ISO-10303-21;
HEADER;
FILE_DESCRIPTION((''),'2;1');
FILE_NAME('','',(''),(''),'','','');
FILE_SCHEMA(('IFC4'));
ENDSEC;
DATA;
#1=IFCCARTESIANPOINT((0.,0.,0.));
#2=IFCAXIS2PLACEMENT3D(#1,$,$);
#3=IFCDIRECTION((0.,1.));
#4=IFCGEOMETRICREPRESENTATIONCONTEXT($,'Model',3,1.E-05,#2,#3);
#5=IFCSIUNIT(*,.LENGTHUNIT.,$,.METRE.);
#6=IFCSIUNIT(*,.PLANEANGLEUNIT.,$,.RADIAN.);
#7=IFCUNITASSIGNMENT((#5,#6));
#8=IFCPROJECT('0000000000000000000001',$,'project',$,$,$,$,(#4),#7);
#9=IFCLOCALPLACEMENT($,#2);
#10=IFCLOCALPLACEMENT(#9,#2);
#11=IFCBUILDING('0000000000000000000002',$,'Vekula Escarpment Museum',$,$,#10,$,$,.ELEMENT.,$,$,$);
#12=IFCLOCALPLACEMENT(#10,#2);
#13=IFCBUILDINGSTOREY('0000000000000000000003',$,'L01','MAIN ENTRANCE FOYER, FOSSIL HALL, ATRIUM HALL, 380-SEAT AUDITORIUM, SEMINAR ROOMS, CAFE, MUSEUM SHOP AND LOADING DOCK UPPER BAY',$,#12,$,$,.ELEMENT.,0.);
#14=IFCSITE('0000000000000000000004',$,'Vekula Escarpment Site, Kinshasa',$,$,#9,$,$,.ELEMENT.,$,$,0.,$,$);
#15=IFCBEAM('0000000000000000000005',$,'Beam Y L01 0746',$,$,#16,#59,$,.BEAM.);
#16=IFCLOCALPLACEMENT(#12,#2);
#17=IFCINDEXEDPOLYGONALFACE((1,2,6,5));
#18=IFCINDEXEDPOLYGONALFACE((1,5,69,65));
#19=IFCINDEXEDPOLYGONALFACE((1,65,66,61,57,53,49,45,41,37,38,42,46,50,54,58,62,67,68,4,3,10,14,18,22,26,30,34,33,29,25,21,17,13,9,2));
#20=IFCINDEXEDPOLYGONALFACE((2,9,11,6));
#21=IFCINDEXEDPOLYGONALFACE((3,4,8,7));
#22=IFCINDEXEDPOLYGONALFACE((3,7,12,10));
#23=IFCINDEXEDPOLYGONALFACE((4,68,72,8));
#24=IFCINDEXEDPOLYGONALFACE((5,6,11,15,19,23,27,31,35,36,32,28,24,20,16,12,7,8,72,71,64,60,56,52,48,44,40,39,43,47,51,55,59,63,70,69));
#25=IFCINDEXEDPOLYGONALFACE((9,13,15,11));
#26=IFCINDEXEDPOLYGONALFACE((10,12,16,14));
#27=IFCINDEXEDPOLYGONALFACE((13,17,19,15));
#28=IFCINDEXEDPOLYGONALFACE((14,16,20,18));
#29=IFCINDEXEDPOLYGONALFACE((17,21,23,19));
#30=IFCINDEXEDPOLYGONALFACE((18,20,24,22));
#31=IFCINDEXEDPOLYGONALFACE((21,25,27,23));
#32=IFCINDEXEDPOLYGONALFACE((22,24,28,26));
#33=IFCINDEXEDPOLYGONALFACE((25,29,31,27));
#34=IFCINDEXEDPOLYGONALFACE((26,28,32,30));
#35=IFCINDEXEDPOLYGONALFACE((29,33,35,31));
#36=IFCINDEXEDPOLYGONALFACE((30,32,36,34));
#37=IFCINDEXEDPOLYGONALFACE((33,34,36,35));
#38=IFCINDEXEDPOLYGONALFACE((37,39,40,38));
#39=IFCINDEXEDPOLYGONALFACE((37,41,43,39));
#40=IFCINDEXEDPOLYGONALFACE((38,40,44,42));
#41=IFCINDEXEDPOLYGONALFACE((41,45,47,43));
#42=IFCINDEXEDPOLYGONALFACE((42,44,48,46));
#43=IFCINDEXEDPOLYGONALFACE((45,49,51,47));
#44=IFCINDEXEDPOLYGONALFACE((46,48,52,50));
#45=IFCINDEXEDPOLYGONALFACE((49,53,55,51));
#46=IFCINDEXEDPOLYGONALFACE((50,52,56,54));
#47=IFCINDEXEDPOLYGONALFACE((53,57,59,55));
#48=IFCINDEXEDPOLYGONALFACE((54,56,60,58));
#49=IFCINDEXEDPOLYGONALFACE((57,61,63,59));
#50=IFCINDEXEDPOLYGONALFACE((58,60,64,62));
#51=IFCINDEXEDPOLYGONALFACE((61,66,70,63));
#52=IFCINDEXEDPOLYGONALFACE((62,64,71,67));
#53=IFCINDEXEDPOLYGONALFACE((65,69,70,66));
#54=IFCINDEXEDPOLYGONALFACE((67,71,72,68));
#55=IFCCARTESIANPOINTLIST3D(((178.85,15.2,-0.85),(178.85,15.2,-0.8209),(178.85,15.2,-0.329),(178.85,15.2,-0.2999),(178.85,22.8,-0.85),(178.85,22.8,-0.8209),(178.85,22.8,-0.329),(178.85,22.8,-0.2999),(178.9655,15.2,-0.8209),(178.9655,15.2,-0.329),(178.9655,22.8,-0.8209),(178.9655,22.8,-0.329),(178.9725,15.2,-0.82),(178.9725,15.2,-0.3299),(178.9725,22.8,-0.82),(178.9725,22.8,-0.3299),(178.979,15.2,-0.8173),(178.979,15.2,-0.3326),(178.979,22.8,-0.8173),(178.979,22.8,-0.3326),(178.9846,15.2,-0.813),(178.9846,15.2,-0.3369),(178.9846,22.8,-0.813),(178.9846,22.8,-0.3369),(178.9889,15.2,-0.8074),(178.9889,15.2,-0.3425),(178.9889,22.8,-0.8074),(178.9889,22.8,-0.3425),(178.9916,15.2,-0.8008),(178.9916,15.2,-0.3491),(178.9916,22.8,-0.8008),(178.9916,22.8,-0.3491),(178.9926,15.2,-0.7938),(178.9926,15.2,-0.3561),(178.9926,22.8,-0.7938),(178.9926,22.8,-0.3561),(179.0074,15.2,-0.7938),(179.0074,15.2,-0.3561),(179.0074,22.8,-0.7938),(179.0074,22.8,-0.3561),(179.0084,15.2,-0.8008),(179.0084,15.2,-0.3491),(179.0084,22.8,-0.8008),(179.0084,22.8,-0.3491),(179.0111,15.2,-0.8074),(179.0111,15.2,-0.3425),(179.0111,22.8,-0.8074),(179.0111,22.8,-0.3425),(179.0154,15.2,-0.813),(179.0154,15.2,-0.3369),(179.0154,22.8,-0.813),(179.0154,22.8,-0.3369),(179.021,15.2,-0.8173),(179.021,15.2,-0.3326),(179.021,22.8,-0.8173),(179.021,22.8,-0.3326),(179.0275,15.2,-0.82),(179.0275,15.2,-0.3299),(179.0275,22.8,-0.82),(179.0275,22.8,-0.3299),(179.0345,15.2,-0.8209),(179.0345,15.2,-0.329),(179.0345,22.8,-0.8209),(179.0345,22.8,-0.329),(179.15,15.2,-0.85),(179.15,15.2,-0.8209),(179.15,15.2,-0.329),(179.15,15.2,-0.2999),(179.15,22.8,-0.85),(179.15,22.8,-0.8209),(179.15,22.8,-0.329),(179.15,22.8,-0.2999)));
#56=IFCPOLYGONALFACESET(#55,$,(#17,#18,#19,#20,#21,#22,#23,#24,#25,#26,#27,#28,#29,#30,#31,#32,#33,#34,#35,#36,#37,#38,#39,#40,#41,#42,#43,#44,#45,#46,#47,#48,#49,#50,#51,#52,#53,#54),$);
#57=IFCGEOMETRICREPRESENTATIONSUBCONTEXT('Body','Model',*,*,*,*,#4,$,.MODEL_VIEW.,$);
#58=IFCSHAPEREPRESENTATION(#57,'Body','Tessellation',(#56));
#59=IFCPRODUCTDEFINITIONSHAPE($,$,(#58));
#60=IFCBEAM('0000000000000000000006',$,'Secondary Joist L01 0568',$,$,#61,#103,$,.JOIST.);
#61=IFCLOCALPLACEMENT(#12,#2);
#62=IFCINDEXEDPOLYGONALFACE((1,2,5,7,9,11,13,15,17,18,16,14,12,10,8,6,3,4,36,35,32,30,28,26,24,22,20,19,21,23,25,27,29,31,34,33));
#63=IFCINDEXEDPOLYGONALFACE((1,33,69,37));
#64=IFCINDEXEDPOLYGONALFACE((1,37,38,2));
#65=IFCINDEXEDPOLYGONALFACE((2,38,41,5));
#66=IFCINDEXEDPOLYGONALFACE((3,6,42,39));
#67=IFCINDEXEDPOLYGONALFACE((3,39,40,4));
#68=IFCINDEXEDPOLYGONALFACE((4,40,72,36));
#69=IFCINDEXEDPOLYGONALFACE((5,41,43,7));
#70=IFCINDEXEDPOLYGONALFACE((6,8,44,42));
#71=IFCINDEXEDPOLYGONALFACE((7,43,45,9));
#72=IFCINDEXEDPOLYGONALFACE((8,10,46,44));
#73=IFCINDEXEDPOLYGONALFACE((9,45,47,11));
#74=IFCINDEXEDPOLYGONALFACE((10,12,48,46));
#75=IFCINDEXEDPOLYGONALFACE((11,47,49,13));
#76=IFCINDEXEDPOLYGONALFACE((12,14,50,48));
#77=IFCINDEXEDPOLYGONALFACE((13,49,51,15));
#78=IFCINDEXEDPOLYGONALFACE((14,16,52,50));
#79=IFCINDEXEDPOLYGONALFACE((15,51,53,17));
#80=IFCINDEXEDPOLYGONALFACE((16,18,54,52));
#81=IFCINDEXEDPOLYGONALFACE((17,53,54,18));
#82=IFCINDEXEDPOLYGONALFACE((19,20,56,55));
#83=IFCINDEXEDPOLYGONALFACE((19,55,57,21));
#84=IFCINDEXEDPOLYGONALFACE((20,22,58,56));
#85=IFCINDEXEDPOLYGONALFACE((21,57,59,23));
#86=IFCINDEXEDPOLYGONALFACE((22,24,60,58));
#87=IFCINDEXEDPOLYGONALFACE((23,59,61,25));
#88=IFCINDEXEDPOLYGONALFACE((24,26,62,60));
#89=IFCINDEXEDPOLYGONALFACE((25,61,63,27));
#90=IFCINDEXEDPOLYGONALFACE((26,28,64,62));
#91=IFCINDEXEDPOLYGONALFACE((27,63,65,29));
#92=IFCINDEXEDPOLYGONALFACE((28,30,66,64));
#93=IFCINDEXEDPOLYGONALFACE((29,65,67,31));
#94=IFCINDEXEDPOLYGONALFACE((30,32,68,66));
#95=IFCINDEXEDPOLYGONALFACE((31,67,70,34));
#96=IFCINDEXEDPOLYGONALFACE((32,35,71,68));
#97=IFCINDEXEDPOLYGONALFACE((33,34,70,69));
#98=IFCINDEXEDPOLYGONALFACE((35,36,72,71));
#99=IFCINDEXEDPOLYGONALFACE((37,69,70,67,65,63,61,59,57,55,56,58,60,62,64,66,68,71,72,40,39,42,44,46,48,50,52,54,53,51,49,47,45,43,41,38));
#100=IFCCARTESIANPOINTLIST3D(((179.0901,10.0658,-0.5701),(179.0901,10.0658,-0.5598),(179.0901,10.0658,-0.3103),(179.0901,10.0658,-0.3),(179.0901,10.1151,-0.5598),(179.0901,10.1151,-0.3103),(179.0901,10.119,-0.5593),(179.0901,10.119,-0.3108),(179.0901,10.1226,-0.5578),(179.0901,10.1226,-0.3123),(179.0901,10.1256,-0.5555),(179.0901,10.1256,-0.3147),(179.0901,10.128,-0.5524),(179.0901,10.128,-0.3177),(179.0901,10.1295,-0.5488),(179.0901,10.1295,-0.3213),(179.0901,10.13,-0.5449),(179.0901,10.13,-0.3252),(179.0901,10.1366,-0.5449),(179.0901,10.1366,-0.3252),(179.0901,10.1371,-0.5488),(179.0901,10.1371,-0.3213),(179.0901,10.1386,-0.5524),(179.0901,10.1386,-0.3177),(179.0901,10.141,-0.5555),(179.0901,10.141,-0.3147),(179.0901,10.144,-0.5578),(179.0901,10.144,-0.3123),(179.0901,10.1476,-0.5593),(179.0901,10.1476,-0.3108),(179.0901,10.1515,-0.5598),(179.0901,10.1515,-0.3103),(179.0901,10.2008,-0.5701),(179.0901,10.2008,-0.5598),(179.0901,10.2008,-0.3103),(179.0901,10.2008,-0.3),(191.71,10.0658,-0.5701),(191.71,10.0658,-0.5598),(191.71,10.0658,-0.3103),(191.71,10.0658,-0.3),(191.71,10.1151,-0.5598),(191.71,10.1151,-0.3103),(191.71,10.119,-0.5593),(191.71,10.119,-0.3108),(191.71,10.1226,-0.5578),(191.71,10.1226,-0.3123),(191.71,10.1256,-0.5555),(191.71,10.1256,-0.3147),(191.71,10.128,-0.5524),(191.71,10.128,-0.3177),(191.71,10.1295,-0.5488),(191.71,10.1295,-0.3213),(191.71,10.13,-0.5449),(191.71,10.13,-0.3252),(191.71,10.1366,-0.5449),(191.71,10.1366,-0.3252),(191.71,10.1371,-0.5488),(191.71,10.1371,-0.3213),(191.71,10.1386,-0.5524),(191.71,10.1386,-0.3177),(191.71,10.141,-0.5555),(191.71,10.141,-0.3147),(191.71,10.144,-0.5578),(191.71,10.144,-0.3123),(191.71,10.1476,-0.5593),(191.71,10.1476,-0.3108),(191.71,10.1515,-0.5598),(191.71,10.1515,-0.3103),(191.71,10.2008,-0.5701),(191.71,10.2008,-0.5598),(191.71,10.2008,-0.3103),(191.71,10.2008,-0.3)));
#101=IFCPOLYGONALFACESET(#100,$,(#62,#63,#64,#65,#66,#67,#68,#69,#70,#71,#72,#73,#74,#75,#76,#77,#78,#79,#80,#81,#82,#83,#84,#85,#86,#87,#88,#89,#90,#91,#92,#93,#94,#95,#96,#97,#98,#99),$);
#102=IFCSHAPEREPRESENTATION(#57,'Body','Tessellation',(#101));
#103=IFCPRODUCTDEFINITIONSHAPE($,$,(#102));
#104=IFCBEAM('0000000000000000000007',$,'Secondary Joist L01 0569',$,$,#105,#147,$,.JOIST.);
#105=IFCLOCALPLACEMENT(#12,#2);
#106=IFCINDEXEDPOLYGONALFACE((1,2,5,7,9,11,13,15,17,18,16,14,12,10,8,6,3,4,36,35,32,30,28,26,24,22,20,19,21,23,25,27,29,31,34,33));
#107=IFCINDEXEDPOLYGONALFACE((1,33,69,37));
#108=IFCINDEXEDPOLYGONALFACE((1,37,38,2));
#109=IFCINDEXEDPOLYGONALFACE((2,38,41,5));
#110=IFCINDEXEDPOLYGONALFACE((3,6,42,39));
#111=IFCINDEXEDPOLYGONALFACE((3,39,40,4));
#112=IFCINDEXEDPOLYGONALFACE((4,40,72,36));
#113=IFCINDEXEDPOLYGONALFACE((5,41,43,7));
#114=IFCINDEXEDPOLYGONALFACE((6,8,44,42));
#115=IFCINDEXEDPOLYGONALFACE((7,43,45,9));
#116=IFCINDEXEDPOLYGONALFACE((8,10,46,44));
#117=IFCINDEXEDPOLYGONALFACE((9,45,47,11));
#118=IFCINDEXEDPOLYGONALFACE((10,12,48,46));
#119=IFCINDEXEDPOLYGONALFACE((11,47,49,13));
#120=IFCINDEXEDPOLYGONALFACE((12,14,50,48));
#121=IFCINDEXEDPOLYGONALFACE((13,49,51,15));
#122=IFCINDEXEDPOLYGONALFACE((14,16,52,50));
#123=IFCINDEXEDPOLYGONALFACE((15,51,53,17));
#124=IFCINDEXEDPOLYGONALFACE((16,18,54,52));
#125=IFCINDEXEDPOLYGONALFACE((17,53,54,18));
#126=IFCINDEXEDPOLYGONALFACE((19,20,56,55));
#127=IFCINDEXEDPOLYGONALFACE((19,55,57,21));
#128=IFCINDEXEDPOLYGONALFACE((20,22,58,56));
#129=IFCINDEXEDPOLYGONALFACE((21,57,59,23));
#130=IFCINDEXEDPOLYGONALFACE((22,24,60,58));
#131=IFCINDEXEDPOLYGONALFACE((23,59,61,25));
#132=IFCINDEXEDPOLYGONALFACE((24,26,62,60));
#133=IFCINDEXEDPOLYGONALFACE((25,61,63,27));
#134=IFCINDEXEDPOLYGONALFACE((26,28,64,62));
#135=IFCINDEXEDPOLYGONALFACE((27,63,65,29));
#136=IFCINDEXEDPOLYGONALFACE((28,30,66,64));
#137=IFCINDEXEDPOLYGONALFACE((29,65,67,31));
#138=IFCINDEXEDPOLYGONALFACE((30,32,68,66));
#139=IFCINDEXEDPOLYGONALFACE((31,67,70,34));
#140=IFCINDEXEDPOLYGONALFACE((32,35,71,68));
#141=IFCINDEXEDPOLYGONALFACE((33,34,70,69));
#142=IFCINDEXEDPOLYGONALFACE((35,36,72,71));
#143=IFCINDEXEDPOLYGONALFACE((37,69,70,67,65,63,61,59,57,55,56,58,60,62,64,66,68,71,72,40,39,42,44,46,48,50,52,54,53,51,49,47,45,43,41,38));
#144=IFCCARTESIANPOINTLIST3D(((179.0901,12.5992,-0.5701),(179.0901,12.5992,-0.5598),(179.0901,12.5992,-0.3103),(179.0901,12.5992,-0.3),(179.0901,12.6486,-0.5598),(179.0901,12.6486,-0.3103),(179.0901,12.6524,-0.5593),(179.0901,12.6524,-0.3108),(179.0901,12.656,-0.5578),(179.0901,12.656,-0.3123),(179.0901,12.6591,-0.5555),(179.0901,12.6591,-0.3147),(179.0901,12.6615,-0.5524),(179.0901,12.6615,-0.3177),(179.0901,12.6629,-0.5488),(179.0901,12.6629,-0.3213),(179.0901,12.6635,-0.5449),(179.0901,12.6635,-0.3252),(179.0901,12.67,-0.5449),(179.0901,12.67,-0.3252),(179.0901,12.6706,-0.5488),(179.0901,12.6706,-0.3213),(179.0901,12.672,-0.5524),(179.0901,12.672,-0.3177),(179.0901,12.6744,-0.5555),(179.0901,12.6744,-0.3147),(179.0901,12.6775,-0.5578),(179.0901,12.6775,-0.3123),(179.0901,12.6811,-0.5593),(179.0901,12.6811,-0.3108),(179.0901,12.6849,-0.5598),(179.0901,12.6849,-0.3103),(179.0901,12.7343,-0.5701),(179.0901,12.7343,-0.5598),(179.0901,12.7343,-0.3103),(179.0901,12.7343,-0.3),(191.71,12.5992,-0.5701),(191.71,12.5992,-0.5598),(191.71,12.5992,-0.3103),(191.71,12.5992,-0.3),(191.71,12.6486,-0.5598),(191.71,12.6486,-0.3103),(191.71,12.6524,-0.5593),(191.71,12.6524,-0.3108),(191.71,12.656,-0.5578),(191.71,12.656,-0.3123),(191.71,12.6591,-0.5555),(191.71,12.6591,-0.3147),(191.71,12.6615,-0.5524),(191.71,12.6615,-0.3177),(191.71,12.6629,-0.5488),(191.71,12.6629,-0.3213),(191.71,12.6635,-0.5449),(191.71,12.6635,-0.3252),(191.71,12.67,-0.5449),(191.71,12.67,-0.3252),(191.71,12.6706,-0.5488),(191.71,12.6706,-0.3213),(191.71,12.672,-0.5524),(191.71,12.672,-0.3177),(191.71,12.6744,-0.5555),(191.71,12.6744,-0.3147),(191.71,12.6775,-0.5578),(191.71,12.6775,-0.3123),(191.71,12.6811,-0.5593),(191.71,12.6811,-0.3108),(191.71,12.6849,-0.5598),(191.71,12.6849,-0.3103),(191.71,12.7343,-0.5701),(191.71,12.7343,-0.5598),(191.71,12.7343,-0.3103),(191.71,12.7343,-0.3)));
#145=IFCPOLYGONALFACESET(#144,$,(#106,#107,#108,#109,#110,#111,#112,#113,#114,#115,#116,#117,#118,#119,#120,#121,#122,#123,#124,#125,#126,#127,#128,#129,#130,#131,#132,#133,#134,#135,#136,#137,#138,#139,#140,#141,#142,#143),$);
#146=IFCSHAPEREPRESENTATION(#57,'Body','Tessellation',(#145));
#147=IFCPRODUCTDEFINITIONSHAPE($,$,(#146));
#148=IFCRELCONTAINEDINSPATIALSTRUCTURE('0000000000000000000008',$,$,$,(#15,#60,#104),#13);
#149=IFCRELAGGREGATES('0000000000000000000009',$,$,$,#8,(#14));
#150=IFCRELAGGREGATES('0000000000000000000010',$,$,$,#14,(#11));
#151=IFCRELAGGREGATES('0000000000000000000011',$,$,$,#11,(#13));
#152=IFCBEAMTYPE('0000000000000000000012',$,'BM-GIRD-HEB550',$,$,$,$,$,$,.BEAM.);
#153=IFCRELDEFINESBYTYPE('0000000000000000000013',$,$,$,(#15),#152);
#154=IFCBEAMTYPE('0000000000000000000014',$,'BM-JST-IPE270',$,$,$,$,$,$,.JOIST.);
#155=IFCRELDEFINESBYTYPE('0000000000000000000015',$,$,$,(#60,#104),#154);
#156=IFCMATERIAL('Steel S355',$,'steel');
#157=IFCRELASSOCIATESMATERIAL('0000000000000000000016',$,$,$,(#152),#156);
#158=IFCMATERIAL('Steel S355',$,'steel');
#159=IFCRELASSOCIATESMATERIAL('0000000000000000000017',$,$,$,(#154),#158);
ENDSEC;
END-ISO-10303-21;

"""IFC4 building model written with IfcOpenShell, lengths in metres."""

from ifc_helpers import new_model, si_unit, direction, frame, origin, origin_2d, place, context, subcontext, project, spatial, i_section, extrude, material, material_profile, profile_set, type_object, element, save


model = new_model("IFC4")

# Units and contexts
model_context = context("Model", 3, precision=1e-05, world=origin(), true_north=direction((0.0, 1.0)))
body_context = subcontext(model_context, "Body", "Model", "MODEL_VIEW")
ifc_project = project(units=[si_unit("LENGTHUNIT", "METRE"), si_unit("PLANEANGLEUNIT", "RADIAN")], contexts=[model_context])

# Site, building, storey
site_placement = place(None, origin())
site = spatial("IfcSite", under=ifc_project, at=site_placement, Name="Vekula Escarpment Site, Kinshasa", CompositionType="ELEMENT", RefElevation=0.0)
building_placement = place(site_placement, origin())
building = spatial("IfcBuilding", under=site, at=building_placement, Name="Vekula Escarpment Museum", CompositionType="ELEMENT")
storey_placement = place(building_placement, origin())
storey = spatial("IfcBuildingStorey", under=building, at=storey_placement, Name="L01", Description="MAIN ENTRANCE FOYER, FOSSIL HALL, ATRIUM HALL, 380-SEAT AUDITORIUM, SEMINAR ROOMS, CAFE, MUSEUM SHOP AND LOADING DOCK UPPER BAY", CompositionType="ELEMENT", Elevation=0.0)

# Beams
ifc_material_1 = material(Name="Steel S355", Category="steel")
ifc_material_profile_1 = material_profile(ifc_material_1, i_section(OverallWidth=0.3, OverallDepth=0.55, WebThickness=0.0149, FlangeThickness=0.0291, FilletRadius=0.0271, at=origin_2d()), Name="HEB 550")
ifc_profile_set_1 = profile_set([ifc_material_profile_1], Name="Steel S355")
beam_type_1 = type_object("IfcBeamType", Name="BM-GIRD-HEB550", PredefinedType="BEAM", material=ifc_profile_set_1)
beam_placement = place(storey_placement, frame((179.0, 15.2, -0.575), z_axis=(0.0, 1.0, 0.0), x_axis=(-1.0, 0.0, 0.0)))
element("IfcBeam", 1, at=beam_placement, inside=storey, type_object=beam_type_1, Name="Beam Y L01 0746", PredefinedType="BEAM", context=body_context, shape_type="SweptSolid", body=[
    extrude(i_section(OverallWidth=0.3, OverallDepth=0.55, WebThickness=0.0149, FlangeThickness=0.0291, FilletRadius=0.0271, at=origin_2d()), origin(), (0.0, 0.0, 1.0), 7.6001),
])
ifc_material_2 = material(Name="Steel S355", Category="steel")
ifc_material_profile_2 = material_profile(ifc_material_2, i_section(OverallWidth=0.135, OverallDepth=0.27, WebThickness=0.0066, FlangeThickness=0.0103, FilletRadius=0.0149, at=origin_2d()), Name="IPE 270")
ifc_profile_set_2 = profile_set([ifc_material_profile_2], Name="Steel S355")
beam_type_2 = type_object("IfcBeamType", Name="BM-JST-IPE270", PredefinedType="JOIST", material=ifc_profile_set_2)
for number, where, z_axis, x_axis, name in (
    (2, (179.0901, 10.1333, -0.4351), (1.0, 0.0, 0.0), (0.0, 1.0, 0.0), "Secondary Joist L01 0568"),
    (3, (179.0901, 12.6667, -0.4351), (1.0, 0.0, 0.0), (0.0, 1.0, 0.0), "Secondary Joist L01 0569"),
):
    element("IfcBeam", number, at=place(storey_placement, frame(where, z_axis=z_axis, x_axis=x_axis)), inside=storey, type_object=beam_type_2, Name=name, PredefinedType="JOIST", context=body_context, shape_type="SweptSolid", body=[
        extrude(i_section(OverallWidth=0.135, OverallDepth=0.27, WebThickness=0.0066, FlangeThickness=0.0103, FilletRadius=0.0149, at=origin_2d()), origin(), (0.0, 0.0, 1.0), 12.6199),
    ])

save(model, "model.ifc")
